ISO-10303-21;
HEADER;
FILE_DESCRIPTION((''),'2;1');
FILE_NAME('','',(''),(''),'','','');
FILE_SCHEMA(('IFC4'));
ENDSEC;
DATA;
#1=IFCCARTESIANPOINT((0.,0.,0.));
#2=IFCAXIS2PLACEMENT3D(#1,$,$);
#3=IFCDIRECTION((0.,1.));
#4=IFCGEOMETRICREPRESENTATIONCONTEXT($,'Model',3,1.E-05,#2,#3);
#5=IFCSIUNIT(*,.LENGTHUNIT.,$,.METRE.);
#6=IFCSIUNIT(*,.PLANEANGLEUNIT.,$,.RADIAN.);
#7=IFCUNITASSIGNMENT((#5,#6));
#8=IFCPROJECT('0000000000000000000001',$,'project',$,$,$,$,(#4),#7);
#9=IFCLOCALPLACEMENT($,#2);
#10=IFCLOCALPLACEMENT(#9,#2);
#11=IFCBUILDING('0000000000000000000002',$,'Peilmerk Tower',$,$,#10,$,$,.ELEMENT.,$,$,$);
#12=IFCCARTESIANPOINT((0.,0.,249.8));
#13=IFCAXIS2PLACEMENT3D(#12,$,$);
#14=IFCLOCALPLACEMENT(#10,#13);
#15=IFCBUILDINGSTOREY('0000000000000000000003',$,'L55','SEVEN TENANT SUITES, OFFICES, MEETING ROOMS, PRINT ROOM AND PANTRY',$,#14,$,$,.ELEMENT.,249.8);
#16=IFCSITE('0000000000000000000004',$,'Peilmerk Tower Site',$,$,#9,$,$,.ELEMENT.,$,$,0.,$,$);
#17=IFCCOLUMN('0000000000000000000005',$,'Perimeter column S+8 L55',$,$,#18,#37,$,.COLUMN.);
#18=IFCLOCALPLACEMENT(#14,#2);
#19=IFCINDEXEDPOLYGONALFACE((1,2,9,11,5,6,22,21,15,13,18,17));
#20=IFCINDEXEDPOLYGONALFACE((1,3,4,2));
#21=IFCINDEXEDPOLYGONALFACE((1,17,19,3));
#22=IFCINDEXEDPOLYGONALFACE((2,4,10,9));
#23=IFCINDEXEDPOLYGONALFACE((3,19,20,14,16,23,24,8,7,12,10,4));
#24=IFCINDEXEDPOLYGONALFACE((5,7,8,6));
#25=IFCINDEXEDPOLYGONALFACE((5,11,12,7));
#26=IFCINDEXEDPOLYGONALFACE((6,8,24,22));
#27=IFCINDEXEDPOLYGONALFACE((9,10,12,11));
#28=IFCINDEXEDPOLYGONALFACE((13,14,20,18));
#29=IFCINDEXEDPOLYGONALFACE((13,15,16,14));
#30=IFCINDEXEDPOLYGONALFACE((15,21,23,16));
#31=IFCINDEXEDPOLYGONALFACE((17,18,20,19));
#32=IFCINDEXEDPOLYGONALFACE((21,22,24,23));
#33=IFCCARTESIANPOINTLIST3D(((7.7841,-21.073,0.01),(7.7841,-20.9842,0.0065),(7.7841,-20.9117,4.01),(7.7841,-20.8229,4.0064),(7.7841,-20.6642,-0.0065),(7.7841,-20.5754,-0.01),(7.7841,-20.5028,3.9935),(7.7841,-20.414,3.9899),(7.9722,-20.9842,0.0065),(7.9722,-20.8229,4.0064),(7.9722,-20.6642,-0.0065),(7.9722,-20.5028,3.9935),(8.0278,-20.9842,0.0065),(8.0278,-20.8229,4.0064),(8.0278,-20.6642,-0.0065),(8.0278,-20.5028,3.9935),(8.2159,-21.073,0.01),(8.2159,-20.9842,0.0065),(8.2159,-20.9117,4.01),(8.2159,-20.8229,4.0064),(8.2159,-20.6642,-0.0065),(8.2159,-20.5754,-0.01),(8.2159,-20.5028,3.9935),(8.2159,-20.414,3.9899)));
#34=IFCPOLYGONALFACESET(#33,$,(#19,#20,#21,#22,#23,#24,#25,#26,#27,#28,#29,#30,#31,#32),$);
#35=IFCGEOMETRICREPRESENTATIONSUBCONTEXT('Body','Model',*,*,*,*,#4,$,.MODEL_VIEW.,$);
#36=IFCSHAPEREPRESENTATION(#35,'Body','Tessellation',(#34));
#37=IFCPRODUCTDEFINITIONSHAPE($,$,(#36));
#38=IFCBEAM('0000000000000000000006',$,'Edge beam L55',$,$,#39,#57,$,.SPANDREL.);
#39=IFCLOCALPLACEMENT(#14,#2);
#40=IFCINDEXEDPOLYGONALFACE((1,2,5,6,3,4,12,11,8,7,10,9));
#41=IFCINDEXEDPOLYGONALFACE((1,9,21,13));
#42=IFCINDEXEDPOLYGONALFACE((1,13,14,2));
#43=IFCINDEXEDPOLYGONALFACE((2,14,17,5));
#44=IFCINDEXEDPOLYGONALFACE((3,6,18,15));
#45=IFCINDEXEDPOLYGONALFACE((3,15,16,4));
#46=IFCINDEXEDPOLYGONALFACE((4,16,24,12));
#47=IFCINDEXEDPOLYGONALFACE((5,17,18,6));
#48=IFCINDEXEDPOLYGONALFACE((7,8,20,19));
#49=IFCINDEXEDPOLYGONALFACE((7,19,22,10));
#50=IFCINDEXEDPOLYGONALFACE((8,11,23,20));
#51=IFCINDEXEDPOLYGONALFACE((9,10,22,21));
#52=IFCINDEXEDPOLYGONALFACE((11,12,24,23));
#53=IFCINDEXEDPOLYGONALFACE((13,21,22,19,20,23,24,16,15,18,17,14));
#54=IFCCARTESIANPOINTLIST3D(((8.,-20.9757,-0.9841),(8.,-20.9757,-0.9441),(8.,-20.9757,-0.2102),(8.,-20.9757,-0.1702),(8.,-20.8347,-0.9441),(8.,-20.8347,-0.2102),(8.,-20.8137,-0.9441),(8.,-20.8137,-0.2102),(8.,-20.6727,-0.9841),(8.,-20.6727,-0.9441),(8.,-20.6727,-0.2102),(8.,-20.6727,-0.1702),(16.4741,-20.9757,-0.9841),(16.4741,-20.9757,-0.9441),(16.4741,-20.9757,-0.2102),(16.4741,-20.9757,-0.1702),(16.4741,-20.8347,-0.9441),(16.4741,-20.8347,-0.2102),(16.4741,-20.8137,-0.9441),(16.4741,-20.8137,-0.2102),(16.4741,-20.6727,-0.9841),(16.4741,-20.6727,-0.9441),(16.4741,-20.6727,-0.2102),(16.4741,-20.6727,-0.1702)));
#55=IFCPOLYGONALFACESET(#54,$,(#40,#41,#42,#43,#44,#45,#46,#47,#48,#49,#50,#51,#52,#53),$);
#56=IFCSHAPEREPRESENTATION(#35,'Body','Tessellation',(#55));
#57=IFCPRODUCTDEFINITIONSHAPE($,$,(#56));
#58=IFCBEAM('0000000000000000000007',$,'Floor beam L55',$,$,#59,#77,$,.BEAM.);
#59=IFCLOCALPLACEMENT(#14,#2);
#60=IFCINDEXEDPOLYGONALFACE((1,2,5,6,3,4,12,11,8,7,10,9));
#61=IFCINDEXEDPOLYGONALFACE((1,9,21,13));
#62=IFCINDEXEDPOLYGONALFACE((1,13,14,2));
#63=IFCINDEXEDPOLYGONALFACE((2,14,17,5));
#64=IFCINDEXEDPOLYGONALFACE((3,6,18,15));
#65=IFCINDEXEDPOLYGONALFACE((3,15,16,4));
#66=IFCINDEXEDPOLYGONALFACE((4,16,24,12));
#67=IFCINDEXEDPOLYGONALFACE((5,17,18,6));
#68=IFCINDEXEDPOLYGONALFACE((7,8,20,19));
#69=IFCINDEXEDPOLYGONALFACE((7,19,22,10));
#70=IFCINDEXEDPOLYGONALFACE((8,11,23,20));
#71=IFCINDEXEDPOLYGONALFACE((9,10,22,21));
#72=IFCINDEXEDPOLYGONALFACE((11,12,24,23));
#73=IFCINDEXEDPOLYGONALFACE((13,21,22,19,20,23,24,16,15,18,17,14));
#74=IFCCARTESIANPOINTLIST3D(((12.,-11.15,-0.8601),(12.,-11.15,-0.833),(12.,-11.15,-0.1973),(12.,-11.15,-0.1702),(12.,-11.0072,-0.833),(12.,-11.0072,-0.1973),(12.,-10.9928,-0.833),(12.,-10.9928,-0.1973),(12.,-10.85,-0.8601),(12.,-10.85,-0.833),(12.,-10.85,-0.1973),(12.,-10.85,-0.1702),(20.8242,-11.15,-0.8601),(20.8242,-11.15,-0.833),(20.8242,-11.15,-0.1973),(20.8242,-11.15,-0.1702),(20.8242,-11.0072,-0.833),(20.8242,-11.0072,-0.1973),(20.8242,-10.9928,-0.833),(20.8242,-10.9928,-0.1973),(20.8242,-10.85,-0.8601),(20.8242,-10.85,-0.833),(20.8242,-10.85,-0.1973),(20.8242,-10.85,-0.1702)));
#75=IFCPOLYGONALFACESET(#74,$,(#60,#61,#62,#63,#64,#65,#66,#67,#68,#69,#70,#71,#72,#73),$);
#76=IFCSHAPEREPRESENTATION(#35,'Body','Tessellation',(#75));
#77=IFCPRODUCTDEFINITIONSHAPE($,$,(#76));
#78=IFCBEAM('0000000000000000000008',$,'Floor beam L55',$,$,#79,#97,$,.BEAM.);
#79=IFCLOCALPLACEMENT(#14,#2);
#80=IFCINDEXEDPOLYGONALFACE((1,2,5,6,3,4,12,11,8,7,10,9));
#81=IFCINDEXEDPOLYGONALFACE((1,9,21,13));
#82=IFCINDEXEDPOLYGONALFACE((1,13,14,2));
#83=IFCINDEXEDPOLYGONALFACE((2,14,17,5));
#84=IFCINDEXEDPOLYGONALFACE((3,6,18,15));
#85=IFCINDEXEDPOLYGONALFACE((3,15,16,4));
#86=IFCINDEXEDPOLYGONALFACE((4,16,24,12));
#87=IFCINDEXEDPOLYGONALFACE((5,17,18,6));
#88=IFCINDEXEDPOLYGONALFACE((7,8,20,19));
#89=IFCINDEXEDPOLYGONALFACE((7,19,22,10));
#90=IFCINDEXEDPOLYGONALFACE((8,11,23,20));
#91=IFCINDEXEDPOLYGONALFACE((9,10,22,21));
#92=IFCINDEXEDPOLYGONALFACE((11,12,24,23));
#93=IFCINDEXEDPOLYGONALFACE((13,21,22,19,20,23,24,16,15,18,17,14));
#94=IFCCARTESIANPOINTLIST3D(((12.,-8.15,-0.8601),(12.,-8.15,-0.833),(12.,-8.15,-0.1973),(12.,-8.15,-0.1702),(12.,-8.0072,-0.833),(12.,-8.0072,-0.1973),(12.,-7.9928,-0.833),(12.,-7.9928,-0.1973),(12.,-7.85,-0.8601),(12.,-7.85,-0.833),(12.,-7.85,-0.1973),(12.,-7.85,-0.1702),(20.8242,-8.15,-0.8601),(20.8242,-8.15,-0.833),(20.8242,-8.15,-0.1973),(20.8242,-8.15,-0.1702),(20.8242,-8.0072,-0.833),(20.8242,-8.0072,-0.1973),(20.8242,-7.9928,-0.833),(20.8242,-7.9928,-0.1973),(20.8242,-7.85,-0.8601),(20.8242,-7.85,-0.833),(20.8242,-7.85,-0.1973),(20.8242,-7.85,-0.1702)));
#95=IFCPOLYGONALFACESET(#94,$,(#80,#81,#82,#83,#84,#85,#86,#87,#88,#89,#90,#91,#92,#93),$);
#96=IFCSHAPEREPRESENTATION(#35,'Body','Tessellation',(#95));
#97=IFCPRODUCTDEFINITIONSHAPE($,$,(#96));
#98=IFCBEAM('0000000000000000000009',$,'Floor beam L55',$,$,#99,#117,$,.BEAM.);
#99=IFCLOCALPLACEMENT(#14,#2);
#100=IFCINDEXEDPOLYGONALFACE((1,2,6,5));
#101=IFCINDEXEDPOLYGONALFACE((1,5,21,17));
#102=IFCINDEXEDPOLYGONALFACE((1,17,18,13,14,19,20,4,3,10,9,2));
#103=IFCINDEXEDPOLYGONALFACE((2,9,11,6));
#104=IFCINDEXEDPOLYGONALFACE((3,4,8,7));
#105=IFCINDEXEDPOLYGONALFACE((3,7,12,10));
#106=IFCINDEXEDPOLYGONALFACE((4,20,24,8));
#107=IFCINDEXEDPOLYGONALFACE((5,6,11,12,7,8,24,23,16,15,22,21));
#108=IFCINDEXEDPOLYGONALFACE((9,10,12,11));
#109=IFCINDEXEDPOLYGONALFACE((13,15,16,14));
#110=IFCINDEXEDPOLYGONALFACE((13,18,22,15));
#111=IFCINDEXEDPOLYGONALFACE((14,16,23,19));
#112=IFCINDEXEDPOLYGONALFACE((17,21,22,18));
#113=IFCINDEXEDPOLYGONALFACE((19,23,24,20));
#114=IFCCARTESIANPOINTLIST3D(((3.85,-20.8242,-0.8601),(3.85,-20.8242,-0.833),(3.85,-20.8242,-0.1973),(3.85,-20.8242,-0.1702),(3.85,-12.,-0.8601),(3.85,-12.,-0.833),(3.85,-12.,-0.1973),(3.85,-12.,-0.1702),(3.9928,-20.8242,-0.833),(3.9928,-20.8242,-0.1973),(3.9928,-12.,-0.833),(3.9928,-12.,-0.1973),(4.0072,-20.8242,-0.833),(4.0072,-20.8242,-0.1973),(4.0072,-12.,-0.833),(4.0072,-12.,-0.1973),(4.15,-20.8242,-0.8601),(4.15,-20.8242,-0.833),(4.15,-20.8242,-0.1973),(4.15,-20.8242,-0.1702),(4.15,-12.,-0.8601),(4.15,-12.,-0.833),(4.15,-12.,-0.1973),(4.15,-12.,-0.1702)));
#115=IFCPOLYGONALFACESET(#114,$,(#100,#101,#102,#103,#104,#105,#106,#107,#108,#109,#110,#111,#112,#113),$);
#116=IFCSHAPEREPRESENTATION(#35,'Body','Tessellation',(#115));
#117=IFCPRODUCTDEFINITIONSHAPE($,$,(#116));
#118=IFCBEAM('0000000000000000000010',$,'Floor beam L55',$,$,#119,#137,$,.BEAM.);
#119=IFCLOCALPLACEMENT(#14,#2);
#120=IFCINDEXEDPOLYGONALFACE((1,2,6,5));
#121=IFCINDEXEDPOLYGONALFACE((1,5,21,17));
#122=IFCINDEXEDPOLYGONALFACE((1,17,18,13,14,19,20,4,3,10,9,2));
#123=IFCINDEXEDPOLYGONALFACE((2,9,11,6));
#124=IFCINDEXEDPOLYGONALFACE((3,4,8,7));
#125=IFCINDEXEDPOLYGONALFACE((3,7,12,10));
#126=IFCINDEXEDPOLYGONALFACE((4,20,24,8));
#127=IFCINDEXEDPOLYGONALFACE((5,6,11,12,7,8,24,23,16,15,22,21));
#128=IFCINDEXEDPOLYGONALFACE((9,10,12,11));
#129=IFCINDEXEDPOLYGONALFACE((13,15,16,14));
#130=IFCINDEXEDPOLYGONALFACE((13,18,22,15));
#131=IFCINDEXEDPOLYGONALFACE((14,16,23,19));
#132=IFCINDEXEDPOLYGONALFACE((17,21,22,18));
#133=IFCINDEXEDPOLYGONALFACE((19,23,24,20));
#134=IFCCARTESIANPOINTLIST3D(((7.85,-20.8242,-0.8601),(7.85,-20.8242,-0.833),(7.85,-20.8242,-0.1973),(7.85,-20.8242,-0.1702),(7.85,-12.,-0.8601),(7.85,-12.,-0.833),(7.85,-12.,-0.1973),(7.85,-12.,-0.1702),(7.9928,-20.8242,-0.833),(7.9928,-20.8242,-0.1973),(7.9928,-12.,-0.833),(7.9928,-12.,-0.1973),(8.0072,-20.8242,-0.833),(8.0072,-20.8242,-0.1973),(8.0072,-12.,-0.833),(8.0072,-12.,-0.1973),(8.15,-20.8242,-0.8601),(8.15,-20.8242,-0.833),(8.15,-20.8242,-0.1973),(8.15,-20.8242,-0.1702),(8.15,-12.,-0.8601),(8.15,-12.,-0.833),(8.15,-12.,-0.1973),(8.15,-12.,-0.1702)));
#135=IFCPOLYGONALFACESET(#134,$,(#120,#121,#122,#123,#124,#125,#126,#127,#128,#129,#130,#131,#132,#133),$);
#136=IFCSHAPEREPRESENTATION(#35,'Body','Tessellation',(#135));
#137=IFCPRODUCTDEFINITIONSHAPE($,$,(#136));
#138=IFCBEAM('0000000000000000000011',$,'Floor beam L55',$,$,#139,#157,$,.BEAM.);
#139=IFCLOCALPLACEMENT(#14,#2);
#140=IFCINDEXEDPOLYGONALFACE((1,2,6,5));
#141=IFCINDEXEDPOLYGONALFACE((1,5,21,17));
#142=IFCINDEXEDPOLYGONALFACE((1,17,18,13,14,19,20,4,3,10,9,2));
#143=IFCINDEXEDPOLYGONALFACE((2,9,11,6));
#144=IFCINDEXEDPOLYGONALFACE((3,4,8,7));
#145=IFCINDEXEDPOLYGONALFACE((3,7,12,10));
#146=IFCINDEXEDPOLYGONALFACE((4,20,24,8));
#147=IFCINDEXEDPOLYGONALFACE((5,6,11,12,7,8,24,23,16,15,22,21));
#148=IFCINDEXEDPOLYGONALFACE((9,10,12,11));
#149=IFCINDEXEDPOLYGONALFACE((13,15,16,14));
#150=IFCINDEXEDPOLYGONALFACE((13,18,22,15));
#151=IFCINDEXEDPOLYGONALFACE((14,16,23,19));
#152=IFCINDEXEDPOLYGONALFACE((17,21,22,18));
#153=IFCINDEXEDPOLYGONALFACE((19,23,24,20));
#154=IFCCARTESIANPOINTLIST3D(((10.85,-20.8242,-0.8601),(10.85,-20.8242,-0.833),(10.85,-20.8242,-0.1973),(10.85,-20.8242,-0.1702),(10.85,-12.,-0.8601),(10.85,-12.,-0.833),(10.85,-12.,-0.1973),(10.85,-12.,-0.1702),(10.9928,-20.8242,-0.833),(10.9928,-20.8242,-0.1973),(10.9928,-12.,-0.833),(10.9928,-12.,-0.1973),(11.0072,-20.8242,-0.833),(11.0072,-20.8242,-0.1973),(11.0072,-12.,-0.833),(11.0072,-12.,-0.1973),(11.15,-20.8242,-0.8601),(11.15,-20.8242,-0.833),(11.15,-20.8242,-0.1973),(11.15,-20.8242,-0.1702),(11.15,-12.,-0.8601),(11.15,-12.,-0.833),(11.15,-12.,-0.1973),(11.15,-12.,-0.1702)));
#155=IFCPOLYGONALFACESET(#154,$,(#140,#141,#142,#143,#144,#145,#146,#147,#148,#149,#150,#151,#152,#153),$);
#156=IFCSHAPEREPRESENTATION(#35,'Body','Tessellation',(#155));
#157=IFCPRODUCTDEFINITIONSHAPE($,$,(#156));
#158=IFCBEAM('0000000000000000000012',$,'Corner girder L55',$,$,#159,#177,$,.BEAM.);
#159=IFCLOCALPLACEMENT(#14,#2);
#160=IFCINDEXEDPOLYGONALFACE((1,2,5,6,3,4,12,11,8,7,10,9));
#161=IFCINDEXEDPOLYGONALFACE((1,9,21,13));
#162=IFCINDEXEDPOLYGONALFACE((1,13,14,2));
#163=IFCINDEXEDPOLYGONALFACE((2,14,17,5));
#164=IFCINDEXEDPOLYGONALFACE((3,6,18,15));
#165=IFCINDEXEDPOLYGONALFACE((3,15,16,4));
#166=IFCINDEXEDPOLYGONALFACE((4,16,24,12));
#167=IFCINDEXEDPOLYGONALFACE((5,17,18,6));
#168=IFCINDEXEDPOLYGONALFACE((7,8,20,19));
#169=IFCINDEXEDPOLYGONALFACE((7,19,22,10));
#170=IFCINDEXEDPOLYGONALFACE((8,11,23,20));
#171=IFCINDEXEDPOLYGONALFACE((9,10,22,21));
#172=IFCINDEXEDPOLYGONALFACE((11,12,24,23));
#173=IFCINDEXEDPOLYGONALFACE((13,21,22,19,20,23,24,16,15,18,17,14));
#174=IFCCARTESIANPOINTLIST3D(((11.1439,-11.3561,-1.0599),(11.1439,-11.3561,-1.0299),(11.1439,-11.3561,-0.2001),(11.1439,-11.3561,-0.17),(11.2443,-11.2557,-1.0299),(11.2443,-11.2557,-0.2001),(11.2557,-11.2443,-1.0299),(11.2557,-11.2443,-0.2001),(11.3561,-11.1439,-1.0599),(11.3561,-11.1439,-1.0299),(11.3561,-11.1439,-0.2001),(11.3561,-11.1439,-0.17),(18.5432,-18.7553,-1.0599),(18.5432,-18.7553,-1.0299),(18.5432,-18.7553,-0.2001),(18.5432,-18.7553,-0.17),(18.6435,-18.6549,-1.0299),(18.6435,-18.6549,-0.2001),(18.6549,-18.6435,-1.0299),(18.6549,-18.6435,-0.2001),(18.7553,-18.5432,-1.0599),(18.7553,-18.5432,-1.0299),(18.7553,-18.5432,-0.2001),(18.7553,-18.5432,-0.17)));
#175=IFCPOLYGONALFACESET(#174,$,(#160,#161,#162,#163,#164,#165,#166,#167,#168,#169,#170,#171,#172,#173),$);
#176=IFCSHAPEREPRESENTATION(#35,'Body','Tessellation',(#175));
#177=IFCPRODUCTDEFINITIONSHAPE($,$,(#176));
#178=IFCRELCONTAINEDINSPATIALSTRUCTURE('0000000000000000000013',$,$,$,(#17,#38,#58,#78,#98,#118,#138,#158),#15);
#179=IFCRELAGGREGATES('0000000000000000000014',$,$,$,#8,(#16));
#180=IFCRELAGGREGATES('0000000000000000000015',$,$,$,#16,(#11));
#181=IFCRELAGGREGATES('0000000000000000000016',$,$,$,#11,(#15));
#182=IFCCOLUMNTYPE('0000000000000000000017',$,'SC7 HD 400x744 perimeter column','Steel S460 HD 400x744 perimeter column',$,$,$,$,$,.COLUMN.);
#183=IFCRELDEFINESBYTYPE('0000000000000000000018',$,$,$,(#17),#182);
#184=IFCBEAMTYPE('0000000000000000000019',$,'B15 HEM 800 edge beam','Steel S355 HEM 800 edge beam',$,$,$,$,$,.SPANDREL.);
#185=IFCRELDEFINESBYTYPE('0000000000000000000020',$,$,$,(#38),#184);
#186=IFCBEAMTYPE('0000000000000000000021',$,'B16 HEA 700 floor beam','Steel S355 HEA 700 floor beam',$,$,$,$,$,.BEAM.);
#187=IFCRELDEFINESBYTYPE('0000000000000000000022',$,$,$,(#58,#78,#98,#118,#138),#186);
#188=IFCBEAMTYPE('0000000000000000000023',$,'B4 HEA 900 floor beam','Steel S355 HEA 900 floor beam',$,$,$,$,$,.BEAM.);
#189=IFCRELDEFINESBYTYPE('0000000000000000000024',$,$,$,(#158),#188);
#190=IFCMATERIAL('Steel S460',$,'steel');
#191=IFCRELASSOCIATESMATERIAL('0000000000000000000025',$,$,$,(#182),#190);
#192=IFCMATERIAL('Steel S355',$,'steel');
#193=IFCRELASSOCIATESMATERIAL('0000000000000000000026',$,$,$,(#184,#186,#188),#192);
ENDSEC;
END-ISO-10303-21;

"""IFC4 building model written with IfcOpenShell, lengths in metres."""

from ifc_helpers import new_model, si_unit, direction, frame, origin, origin_2d, place, context, subcontext, project, spatial, i_section, extrude, material, material_profile, profile_set, type_object, element, save


model = new_model("IFC4")

# Units and contexts
model_context = context("Model", 3, precision=1e-05, world=origin(), true_north=direction((0.0, 1.0)))
body_context = subcontext(model_context, "Body", "Model", "MODEL_VIEW")
ifc_project = project(units=[si_unit("LENGTHUNIT", "METRE"), si_unit("PLANEANGLEUNIT", "RADIAN")], contexts=[model_context])

# Site, building, storey
site_placement = place(None, origin())
site = spatial("IfcSite", under=ifc_project, at=site_placement, Name="Peilmerk Tower Site", CompositionType="ELEMENT", RefElevation=0.0)
building_placement = place(site_placement, origin())
building = spatial("IfcBuilding", under=site, at=building_placement, Name="Peilmerk Tower", CompositionType="ELEMENT")
storey_placement = place(building_placement, frame((0.0, 0.0, 249.8)))
storey = spatial("IfcBuildingStorey", under=building, at=storey_placement, Name="L55", Description="SEVEN TENANT SUITES, OFFICES, MEETING ROOMS, PRINT ROOM AND PANTRY", CompositionType="ELEMENT", Elevation=249.8)

# Column
ifc_material_1 = material(Name="Steel S460", Category="steel")
ifc_material_profile_1 = material_profile(ifc_material_1, i_section(OverallWidth=0.4319, OverallDepth=0.498, WebThickness=0.0557, FlangeThickness=0.0889, at=origin_2d()), Name="HD 400x744")
ifc_profile_set_1 = profile_set([ifc_material_profile_1], Name="Steel S460")
column_type = type_object("IfcColumnType", Name="SC7 HD 400x744 perimeter column", Description="Steel S460 HD 400x744 perimeter column", PredefinedType="COLUMN", material=ifc_profile_set_1)
column_placement = place(storey_placement, frame((8.0, -20.8242, 0.0), z_axis=(0.0, 0.040311, 0.999187), x_axis=(-1.0, 0.0, 0.0)))
element("IfcColumn", 1, at=column_placement, inside=storey, type_object=column_type, Name="Perimeter column S+8 L55", PredefinedType="COLUMN", context=body_context, shape_type="SweptSolid", body=[
    extrude(i_section(OverallWidth=0.4319, OverallDepth=0.498, WebThickness=0.0557, FlangeThickness=0.0889, at=origin_2d()), origin(), (0.0, 0.0, 1.0), 4.0032),
])

# Beams
ifc_material_2 = material(Name="Steel S355", Category="steel")
ifc_material_profile_2 = material_profile(ifc_material_2, i_section(OverallWidth=0.303, OverallDepth=0.814, WebThickness=0.021, FlangeThickness=0.04, at=origin_2d()), Name="HEM 800")
ifc_profile_set_2 = profile_set([ifc_material_profile_2], Name="Steel S355")
beam_type_1 = type_object("IfcBeamType", Name="B15 HEM 800 edge beam", Description="Steel S355 HEM 800 edge beam", PredefinedType="SPANDREL", material=ifc_profile_set_2)
beam_1_placement = place(storey_placement, frame((8.0, -20.8242, -0.5771), z_axis=(1.0, 0.0, 0.0), x_axis=(0.0, 1.0, 0.0)))
element("IfcBeam", 2, at=beam_1_placement, inside=storey, type_object=beam_type_1, Name="Edge beam L55", PredefinedType="SPANDREL", context=body_context, shape_type="SweptSolid", body=[
    extrude(i_section(OverallWidth=0.303, OverallDepth=0.814, WebThickness=0.021, FlangeThickness=0.04, at=origin_2d()), origin(), (0.0, 0.0, 1.0), 8.4741),
])
ifc_material_profile_3 = material_profile(ifc_material_2, i_section(OverallWidth=0.3, OverallDepth=0.6899, WebThickness=0.0144, FlangeThickness=0.0271, at=origin_2d()), Name="HEA 700")
ifc_profile_set_3 = profile_set([ifc_material_profile_3], Name="Steel S355")
beam_type_2 = type_object("IfcBeamType", Name="B16 HEA 700 floor beam", Description="Steel S355 HEA 700 floor beam", PredefinedType="BEAM", material=ifc_profile_set_3)
for number, where, z_axis, x_axis, name in (
    (3, (12.0, -11.0, -0.5151), (1.0, 0.0, 0.0), (0.0, 1.0, 0.0), "Floor beam L55"),
    (4, (12.0, -8.0, -0.5151), (1.0, 0.0, 0.0), (0.0, 1.0, 0.0), "Floor beam L55"),
    (5, (4.0, -12.0, -0.5151), (0.0, -1.0, 0.0), (1.0, 0.0, 0.0), "Floor beam L55"),
    (6, (8.0, -12.0, -0.5151), (0.0, -1.0, 0.0), (1.0, 0.0, 0.0), "Floor beam L55"),
    (7, (11.0, -12.0, -0.5151), (0.0, -1.0, 0.0), (1.0, 0.0, 0.0), "Floor beam L55"),
):
    element("IfcBeam", number, at=place(storey_placement, frame(where, z_axis=z_axis, x_axis=x_axis)), inside=storey, type_object=beam_type_2, Name=name, PredefinedType="BEAM", context=body_context, shape_type="SweptSolid", body=[
        extrude(i_section(OverallWidth=0.3, OverallDepth=0.6899, WebThickness=0.0144, FlangeThickness=0.0271, at=origin_2d()), origin(), (0.0, 0.0, 1.0), 8.8242),
    ])
ifc_material_profile_4 = material_profile(ifc_material_2, i_section(OverallWidth=0.3, OverallDepth=0.8899, WebThickness=0.0161, FlangeThickness=0.03, at=origin_2d()), Name="HEA 900")
ifc_profile_set_4 = profile_set([ifc_material_profile_4], Name="Steel S355")
beam_type_3 = type_object("IfcBeamType", Name="B4 HEA 900 floor beam", Description="Steel S355 HEA 900 floor beam", PredefinedType="BEAM", material=ifc_profile_set_4)
beam_2_placement = place(storey_placement, frame((11.25, -11.25, -0.615), z_axis=(0.707107, -0.707107, 0.0), x_axis=(0.707107, 0.707107, 0.0)))
element("IfcBeam", 8, at=beam_2_placement, inside=storey, type_object=beam_type_3, Name="Corner girder L55", PredefinedType="BEAM", context=body_context, shape_type="SweptSolid", body=[
    extrude(i_section(OverallWidth=0.3, OverallDepth=0.8899, WebThickness=0.0161, FlangeThickness=0.03, at=origin_2d()), origin(), (0.0, 0.0, 1.0), 10.4641),
])

save(model, "model.ifc")
